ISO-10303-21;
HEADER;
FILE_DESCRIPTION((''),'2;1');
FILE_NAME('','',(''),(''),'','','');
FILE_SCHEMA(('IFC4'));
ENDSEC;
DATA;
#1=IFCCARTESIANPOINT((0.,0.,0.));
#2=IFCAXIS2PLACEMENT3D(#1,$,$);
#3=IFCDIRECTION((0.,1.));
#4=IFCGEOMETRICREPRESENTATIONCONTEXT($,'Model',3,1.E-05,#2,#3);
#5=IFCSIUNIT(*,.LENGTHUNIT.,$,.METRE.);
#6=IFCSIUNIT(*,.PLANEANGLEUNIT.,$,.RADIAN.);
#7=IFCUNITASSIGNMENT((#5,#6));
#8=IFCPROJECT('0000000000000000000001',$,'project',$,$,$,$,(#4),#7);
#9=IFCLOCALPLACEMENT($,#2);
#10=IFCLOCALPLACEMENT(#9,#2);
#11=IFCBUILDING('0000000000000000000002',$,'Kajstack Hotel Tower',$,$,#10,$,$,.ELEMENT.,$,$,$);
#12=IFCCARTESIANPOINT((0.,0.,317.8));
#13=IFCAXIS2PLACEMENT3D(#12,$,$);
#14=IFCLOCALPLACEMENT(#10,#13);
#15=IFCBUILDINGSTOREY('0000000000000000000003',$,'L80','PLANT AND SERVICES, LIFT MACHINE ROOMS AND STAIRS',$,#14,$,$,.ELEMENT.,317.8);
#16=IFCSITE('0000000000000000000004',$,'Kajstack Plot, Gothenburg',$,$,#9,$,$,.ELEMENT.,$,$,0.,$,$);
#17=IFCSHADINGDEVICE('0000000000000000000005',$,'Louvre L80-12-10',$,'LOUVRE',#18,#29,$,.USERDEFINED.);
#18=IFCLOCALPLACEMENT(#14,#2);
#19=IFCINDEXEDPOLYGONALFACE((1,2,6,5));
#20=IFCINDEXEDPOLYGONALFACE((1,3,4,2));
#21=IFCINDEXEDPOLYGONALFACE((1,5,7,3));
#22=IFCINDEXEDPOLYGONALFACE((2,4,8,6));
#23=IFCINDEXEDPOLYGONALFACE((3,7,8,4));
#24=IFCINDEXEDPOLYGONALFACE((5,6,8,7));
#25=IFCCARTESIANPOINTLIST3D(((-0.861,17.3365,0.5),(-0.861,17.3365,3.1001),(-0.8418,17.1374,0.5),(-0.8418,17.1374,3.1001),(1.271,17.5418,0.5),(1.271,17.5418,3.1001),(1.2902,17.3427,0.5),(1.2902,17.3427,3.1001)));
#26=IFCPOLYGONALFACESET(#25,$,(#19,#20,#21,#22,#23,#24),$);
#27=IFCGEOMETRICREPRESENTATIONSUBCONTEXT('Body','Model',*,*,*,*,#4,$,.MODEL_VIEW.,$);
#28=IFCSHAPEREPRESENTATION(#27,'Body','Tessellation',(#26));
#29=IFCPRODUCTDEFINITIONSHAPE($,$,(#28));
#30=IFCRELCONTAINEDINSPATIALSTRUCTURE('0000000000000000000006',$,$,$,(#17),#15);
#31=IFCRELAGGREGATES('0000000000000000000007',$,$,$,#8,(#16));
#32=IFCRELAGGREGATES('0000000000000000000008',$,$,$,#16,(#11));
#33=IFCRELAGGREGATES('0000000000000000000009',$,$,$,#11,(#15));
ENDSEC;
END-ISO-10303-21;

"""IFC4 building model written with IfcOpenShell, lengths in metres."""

from ifc_helpers import new_model, si_unit, direction, frame, origin, origin_2d, place, context, subcontext, project, spatial, rectangle, extrude, element, save


model = new_model("IFC4")

# Units and contexts
model_context = context("Model", 3, precision=1e-05, world=origin(), true_north=direction((0.0, 1.0)))
body_context = subcontext(model_context, "Body", "Model", "MODEL_VIEW")
ifc_project = project(units=[si_unit("LENGTHUNIT", "METRE"), si_unit("PLANEANGLEUNIT", "RADIAN")], contexts=[model_context])

# Site, building, storey
site_placement = place(None, origin())
site = spatial("IfcSite", under=ifc_project, at=site_placement, Name="Kajstack Plot, Gothenburg", CompositionType="ELEMENT", RefElevation=0.0)
building_placement = place(site_placement, origin())
building = spatial("IfcBuilding", under=site, at=building_placement, Name="Kajstack Hotel Tower", CompositionType="ELEMENT")
storey_placement = place(building_placement, frame((0.0, 0.0, 317.8)))
storey = spatial("IfcBuildingStorey", under=building, at=storey_placement, Name="L80", Description="PLANT AND SERVICES, LIFT MACHINE ROOMS AND STAIRS", CompositionType="ELEMENT", Elevation=317.8)

# Shading device
for number, where, z_axis, x_axis, name in (
    (1, (0.2146, 17.3396, 0.5), (0.0, 0.0, 1.0), (-0.995396, -0.095846, 0.0), "Louvre L80-12-10"),
):
    element("IfcShadingDevice", number, at=place(storey_placement, frame(where, z_axis=z_axis, x_axis=x_axis)), inside=storey, Name=name, ObjectType="LOUVRE", PredefinedType="USERDEFINED", context=body_context, shape_type="SweptSolid", body=[
        extrude(rectangle(XDim=2.1418, YDim=0.2, at=origin_2d()), origin(), (0.0, 0.0, 1.0), 2.6001),
    ])

save(model, "model.ifc")
